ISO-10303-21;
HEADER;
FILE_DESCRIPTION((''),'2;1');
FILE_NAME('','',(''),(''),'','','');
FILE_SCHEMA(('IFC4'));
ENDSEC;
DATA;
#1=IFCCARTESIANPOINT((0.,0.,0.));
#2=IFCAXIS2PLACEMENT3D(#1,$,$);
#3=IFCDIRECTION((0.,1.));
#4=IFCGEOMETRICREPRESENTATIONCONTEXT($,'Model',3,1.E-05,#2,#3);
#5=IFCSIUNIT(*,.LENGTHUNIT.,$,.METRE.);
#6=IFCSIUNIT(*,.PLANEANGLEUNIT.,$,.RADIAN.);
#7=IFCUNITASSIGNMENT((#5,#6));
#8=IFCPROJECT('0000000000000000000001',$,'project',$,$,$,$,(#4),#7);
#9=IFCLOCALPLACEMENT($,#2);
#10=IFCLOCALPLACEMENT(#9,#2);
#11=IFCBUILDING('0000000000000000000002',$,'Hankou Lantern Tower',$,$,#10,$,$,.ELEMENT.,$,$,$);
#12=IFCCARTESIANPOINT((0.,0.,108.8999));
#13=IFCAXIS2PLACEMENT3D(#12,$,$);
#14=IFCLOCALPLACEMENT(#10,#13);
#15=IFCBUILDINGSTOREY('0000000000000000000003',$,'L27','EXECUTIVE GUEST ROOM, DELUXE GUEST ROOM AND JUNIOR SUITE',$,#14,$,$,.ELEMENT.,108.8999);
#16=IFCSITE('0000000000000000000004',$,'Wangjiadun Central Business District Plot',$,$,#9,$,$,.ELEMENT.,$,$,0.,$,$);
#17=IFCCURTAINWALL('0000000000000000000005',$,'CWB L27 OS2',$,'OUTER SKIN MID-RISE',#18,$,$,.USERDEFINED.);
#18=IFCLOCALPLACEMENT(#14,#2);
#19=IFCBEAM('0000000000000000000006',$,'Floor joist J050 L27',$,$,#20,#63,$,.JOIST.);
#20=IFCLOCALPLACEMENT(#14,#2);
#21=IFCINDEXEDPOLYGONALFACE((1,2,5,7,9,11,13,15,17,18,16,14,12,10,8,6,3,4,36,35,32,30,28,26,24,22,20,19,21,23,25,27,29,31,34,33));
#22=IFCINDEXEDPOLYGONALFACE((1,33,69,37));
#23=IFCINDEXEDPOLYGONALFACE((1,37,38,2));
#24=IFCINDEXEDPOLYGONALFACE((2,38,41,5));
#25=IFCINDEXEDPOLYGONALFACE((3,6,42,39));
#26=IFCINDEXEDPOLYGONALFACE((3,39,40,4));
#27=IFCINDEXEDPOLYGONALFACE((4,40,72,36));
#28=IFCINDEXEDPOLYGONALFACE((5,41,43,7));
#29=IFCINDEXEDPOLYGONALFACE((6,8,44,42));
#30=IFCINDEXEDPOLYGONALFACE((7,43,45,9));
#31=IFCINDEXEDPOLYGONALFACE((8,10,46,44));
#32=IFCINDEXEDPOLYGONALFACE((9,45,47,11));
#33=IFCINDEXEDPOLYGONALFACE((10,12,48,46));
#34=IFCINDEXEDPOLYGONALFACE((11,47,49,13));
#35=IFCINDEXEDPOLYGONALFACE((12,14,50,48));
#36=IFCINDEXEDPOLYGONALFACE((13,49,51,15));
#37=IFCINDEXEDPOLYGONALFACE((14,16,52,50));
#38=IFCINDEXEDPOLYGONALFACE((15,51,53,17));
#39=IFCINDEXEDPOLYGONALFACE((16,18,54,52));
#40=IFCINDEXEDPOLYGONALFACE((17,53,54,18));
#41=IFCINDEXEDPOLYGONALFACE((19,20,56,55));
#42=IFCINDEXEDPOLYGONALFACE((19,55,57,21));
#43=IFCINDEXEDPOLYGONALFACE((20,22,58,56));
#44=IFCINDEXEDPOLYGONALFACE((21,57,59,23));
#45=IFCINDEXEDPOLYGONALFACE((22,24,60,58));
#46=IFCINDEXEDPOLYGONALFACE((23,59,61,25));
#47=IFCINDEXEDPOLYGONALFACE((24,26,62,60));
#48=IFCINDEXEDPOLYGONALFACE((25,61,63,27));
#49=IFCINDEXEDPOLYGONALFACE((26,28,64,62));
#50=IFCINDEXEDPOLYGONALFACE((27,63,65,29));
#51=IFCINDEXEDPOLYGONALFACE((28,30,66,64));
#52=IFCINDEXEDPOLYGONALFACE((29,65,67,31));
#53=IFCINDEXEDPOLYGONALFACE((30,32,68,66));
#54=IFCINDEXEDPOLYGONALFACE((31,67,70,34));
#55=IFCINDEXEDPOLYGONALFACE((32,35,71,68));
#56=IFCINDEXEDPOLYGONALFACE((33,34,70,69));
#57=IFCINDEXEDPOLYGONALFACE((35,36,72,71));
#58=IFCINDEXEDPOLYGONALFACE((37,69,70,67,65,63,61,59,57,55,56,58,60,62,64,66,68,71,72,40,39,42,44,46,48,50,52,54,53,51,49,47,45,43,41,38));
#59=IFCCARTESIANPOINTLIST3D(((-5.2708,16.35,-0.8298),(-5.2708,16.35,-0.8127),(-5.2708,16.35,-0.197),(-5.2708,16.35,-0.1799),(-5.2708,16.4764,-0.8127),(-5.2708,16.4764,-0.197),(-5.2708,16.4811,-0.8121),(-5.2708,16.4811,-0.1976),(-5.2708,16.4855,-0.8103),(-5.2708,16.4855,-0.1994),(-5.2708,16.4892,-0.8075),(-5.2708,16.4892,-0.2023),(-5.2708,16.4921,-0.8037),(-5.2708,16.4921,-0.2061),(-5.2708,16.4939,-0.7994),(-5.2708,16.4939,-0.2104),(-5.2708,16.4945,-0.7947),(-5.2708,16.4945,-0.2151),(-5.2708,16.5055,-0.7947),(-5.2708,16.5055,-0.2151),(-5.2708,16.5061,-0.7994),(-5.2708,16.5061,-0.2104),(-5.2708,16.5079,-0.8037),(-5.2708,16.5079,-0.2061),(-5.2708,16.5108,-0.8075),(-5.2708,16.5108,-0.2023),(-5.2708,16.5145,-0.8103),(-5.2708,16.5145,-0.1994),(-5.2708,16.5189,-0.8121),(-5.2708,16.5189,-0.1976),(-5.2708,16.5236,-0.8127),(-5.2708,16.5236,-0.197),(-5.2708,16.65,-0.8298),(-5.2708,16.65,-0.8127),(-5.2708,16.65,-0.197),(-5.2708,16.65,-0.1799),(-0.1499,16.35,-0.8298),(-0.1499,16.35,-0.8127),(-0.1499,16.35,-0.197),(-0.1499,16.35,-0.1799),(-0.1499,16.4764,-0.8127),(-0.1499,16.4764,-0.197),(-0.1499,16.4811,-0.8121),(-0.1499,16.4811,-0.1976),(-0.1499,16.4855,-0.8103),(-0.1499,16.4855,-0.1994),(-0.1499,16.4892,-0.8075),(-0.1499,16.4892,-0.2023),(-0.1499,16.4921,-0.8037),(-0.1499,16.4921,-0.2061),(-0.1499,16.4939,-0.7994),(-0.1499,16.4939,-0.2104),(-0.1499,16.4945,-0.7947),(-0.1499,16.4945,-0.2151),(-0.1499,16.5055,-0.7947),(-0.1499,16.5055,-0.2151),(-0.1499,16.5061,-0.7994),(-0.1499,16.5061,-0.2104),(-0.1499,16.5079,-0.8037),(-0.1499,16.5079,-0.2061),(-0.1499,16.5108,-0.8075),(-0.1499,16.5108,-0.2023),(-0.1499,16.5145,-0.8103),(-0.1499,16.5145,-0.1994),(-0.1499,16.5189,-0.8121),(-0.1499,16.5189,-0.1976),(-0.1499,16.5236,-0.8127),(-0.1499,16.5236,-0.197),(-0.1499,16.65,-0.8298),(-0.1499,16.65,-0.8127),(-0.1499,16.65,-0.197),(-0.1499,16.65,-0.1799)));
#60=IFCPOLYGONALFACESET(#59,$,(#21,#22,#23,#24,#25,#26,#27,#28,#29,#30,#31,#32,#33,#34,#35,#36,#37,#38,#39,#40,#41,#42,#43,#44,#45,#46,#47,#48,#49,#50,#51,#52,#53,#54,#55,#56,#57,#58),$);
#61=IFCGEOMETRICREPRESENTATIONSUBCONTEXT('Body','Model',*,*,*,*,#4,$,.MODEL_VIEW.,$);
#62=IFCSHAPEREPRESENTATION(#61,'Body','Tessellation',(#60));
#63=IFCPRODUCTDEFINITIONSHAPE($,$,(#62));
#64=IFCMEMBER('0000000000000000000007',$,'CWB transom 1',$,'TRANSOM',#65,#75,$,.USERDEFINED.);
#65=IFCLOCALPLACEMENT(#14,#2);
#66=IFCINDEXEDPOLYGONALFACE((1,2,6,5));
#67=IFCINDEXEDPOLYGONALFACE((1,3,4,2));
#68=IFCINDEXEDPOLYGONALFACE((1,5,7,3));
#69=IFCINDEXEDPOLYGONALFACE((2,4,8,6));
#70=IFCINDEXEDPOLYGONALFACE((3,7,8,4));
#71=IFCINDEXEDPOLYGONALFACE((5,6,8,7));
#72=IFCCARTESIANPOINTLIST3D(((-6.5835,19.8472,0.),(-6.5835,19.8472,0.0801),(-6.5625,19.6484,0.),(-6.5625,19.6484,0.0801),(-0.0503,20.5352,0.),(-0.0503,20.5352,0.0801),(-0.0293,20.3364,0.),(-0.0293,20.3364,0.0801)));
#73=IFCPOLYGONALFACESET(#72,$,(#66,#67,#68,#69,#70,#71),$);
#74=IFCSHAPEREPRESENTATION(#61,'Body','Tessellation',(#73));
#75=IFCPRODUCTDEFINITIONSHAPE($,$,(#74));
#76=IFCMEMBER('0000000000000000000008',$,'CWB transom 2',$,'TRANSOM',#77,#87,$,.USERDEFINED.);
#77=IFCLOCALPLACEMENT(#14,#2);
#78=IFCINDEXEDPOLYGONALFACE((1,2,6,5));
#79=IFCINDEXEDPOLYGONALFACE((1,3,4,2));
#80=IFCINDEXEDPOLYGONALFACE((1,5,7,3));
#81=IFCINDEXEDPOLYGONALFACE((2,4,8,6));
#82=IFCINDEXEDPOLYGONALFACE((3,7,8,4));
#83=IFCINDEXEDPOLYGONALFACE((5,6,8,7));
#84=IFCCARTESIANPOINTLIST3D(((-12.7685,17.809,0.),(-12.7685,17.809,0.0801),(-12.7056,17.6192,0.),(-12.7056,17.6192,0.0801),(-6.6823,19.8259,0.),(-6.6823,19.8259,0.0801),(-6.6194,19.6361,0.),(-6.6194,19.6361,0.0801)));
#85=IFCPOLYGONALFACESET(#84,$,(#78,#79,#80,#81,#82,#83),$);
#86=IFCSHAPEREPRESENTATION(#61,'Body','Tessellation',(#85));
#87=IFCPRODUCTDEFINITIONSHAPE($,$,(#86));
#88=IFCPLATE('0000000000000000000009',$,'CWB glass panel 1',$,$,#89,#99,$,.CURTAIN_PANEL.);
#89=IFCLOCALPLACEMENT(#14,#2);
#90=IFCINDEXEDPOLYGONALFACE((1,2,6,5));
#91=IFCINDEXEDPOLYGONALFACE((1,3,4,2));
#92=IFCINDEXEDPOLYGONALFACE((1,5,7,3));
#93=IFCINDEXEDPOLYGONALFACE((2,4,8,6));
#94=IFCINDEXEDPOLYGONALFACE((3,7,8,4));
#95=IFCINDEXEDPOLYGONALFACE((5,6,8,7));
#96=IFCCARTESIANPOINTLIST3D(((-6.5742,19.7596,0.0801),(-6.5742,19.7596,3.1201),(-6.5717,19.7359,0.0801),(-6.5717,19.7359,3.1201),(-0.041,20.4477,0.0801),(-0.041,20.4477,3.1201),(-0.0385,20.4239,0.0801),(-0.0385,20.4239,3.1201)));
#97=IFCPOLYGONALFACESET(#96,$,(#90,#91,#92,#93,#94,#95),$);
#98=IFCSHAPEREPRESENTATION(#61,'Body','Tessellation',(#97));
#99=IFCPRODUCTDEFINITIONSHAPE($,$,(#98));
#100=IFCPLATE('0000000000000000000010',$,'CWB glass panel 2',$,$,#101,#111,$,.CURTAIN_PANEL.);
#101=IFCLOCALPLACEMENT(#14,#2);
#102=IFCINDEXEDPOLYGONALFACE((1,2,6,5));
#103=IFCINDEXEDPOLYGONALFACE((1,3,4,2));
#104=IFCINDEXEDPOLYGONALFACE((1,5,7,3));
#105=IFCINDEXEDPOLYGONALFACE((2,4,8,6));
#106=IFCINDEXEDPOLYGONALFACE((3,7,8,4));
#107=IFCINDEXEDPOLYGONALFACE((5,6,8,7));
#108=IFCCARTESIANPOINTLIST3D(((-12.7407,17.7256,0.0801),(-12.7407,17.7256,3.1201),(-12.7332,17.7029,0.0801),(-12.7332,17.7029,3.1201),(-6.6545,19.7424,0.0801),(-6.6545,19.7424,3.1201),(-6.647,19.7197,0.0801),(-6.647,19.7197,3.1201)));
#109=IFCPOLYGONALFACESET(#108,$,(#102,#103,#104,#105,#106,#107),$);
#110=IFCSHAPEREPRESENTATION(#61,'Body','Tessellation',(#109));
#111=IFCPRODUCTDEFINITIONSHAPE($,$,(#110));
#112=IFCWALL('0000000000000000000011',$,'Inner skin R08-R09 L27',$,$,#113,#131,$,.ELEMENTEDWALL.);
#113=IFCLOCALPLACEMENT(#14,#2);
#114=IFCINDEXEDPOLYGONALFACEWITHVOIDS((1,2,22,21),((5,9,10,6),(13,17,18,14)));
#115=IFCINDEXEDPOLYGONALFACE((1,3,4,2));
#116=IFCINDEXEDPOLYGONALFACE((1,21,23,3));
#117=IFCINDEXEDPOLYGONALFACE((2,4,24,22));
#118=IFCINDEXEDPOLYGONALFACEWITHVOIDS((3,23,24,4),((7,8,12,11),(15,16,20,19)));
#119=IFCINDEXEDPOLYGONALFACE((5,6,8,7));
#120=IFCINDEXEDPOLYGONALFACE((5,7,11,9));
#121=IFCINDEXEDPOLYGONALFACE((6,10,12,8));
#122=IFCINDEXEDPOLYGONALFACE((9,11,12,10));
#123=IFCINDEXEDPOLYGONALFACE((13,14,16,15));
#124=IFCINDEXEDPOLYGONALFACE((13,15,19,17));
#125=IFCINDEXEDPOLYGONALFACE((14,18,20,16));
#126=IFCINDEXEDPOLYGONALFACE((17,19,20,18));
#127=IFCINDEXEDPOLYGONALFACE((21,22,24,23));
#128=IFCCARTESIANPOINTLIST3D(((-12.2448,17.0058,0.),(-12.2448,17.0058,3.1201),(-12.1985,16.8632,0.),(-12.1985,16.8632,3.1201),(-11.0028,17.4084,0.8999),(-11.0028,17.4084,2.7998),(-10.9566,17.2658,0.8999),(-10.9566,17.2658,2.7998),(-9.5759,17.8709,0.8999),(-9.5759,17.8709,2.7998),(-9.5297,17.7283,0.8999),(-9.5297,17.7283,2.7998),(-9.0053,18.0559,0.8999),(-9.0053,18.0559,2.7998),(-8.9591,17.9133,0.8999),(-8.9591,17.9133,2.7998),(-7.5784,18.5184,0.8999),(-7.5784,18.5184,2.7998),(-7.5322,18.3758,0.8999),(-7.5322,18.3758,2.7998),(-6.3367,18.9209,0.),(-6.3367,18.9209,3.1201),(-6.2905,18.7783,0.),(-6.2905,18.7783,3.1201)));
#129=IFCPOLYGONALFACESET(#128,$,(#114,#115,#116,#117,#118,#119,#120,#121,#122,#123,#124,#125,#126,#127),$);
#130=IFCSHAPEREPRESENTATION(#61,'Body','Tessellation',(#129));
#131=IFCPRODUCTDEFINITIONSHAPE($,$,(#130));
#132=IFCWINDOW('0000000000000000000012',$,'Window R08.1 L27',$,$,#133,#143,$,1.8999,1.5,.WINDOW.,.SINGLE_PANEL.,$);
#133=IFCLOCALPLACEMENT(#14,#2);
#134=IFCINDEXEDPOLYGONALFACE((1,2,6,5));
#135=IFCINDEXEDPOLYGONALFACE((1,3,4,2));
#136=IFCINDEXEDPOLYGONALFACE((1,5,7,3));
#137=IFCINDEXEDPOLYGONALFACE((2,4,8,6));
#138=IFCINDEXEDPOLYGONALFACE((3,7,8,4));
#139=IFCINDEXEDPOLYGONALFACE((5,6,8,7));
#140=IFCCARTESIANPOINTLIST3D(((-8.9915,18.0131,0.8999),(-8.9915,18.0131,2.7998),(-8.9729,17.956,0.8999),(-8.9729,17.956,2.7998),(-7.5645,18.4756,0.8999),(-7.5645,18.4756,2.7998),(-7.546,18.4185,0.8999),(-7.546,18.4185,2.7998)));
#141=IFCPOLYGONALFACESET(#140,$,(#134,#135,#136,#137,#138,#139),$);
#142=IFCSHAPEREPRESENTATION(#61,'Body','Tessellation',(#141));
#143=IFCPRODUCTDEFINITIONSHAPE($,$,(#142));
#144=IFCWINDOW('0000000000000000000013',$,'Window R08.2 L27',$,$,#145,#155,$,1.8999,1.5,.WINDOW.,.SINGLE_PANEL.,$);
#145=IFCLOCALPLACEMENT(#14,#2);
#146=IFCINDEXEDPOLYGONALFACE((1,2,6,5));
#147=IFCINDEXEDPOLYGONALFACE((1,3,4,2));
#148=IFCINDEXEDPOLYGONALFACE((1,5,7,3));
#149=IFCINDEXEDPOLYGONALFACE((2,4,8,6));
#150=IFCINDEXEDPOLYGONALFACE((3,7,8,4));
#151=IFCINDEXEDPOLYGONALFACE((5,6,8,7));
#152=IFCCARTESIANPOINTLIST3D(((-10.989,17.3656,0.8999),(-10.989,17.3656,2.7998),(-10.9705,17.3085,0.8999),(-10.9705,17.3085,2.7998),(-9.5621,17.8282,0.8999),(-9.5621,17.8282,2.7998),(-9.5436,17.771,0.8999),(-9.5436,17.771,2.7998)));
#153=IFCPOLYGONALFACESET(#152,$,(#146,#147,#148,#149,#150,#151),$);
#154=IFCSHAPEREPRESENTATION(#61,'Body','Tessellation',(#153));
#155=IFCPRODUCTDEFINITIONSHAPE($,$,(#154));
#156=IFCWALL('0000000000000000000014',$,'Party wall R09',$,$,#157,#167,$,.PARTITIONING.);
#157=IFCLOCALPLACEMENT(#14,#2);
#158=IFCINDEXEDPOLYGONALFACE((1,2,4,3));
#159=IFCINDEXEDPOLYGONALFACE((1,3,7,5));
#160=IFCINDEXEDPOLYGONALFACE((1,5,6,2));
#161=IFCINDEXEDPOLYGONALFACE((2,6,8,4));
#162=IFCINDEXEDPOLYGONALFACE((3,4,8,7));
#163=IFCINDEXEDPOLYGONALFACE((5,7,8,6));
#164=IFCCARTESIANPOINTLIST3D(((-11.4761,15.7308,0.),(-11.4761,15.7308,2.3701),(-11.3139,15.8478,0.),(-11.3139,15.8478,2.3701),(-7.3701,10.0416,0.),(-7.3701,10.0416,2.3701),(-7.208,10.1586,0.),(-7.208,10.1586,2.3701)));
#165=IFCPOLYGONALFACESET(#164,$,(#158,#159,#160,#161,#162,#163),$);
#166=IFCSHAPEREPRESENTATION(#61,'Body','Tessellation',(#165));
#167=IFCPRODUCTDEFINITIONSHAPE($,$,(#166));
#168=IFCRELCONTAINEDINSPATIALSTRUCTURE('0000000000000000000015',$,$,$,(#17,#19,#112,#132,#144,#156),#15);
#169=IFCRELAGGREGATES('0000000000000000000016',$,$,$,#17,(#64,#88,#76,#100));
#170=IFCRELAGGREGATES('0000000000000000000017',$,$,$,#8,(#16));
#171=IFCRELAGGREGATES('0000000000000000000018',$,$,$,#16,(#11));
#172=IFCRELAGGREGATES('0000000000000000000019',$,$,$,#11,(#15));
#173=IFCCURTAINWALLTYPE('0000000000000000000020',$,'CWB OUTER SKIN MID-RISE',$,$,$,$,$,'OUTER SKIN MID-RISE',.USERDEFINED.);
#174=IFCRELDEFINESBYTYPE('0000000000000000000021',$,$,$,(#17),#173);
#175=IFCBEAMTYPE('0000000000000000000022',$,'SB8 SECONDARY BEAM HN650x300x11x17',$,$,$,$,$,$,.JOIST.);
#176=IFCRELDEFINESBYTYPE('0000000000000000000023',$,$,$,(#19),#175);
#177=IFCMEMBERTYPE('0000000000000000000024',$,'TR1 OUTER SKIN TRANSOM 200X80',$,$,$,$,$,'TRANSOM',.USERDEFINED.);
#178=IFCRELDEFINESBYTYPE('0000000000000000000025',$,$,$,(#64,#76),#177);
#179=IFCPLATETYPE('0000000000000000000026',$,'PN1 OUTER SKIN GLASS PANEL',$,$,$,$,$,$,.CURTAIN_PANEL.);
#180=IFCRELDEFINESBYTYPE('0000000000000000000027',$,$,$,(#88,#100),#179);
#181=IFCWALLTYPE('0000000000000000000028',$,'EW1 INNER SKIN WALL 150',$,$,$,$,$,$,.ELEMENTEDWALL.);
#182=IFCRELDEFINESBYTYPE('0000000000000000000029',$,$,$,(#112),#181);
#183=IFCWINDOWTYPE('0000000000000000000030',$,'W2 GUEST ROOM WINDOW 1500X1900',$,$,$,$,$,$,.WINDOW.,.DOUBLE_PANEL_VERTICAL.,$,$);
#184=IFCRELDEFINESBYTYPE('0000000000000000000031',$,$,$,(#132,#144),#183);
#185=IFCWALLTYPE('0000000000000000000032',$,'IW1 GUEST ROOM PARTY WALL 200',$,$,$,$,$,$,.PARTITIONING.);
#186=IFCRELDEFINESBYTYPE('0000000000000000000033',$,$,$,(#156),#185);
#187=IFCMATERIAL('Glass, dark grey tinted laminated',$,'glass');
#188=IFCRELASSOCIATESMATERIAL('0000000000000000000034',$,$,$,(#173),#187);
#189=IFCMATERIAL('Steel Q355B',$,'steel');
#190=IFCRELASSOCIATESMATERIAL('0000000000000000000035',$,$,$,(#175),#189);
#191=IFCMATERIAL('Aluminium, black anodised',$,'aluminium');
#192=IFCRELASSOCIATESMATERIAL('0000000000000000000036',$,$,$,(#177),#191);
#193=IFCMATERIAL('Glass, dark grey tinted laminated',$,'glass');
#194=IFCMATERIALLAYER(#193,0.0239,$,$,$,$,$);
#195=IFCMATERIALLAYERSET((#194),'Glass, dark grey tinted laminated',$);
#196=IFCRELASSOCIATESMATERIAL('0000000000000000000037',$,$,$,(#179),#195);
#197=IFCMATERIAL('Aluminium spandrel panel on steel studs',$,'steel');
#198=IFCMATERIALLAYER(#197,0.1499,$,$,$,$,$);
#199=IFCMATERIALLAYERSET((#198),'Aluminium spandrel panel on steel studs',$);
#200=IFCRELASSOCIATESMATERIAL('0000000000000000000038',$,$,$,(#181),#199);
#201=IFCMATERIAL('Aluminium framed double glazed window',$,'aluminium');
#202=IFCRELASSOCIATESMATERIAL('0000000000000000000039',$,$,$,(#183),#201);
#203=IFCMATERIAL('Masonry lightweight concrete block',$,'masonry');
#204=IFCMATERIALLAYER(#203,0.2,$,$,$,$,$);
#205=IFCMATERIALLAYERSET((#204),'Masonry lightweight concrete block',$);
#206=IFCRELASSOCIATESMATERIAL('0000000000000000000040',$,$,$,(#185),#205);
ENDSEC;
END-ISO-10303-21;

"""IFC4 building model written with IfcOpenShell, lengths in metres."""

from ifc_helpers import new_model, si_unit, direction, frame, frame_2d, origin, origin_2d, place, context, subcontext, project, spatial, rectangle, i_section, extrude, material, layer, layer_set, material_profile, profile_set, type_object, element, fill, aggregate, save


model = new_model("IFC4")

# Units and contexts
model_context = context("Model", 3, precision=1e-05, world=origin(), true_north=direction((0.0, 1.0)))
body_context = subcontext(model_context, "Body", "Model", "MODEL_VIEW")
ifc_project = project(units=[si_unit("LENGTHUNIT", "METRE"), si_unit("PLANEANGLEUNIT", "RADIAN")], contexts=[model_context])

# Site, building, storey
site_placement = place(None, origin())
site = spatial("IfcSite", under=ifc_project, at=site_placement, Name="Wangjiadun Central Business District Plot", CompositionType="ELEMENT", RefElevation=0.0)
building_placement = place(site_placement, origin())
building = spatial("IfcBuilding", under=site, at=building_placement, Name="Hankou Lantern Tower", CompositionType="ELEMENT")
storey_placement = place(building_placement, frame((0.0, 0.0, 108.8999)))
storey = spatial("IfcBuildingStorey", under=building, at=storey_placement, Name="L27", Description="EXECUTIVE GUEST ROOM, DELUXE GUEST ROOM AND JUNIOR SUITE", CompositionType="ELEMENT", Elevation=108.8999)

# Curtain wall
ifc_material_1 = material(Name="Glass, dark grey tinted laminated", Category="glass")
curtain_wall_type = type_object("IfcCurtainWallType", Name="CWB OUTER SKIN MID-RISE", ElementType="OUTER SKIN MID-RISE", PredefinedType="USERDEFINED", material=ifc_material_1)
curtain_wall_placement = place(storey_placement, origin())
curtain_wall = element("IfcCurtainWall", 1, at=curtain_wall_placement, inside=storey, type_object=curtain_wall_type, Name="CWB L27 OS2", ObjectType="OUTER SKIN MID-RISE", PredefinedType="USERDEFINED")

# Beam
ifc_material_2 = material(Name="Steel Q355B", Category="steel")
ifc_material_profile_1 = material_profile(ifc_material_2, i_section(OverallWidth=0.3, OverallDepth=0.6499, WebThickness=0.011, FlangeThickness=0.0171, FilletRadius=0.0181, at=origin_2d()), Name="HN650x300x11x17")
ifc_profile_set_1 = profile_set([ifc_material_profile_1], Name="Steel Q355B")
beam_type_1 = type_object("IfcBeamType", Name="SB8 SECONDARY BEAM HN650x300x11x17", PredefinedType="JOIST", material=ifc_profile_set_1)
beam_1_placement = place(storey_placement, frame((-5.2708, 16.5, -0.5049), z_axis=(1.0, 0.0, 0.0), x_axis=(0.0, 1.0, 0.0)))
element("IfcBeam", 2, at=beam_1_placement, inside=storey, type_object=beam_type_1, Name="Floor joist J050 L27", PredefinedType="JOIST", context=body_context, shape_type="SweptSolid", body=[
    extrude(i_section(OverallWidth=0.3, OverallDepth=0.6499, WebThickness=0.011, FlangeThickness=0.0171, FilletRadius=0.0181, at=origin_2d()), origin(), (0.0, 0.0, 1.0), 5.1208),
])

# Members
ifc_material_3 = material(Name="Aluminium, black anodised", Category="aluminium")
ifc_material_profile_2 = material_profile(ifc_material_3, rectangle(XDim=0.2, YDim=0.0801, at=origin_2d()), Name="TR1 200X80")
ifc_profile_set_2 = profile_set([ifc_material_profile_2], Name="Aluminium, black anodised")
member_type_1 = type_object("IfcMemberType", Name="TR1 OUTER SKIN TRANSOM 200X80", ElementType="TRANSOM", PredefinedType="USERDEFINED", material=ifc_profile_set_2)
member_1_placement = place(storey_placement, frame((-0.0398, 20.4358, 0.04), z_axis=(-0.994501, -0.104727, 0.0), x_axis=(0.104727, -0.994501, 0.0)))
member_1 = element("IfcMember", 3, at=member_1_placement, type_object=member_type_1, Name="CWB transom 1", ObjectType="TRANSOM", PredefinedType="USERDEFINED", context=body_context, shape_type="SweptSolid", body=[
    extrude(rectangle(XDim=0.2, YDim=0.0801, at=origin_2d()), origin(), (0.0, 0.0, 1.0), 6.5693),
])
member_2_placement = place(storey_placement, frame((-6.6509, 19.731, 0.04), z_axis=(-0.949238, -0.314559, 0.0), x_axis=(0.314559, -0.949238, 0.0)))
member_2 = element("IfcMember", 4, at=member_2_placement, type_object=member_type_1, Name="CWB transom 2", ObjectType="TRANSOM", PredefinedType="USERDEFINED", context=body_context, shape_type="SweptSolid", body=[
    extrude(rectangle(XDim=0.2, YDim=0.0801, at=origin_2d()), origin(), (0.0, 0.0, 1.0), 6.4116),
])

# Plates
ifc_material_4 = material(Name="Glass, dark grey tinted laminated", Category="glass")
ifc_layer_1 = layer(ifc_material_4, 0.0239)
ifc_layer_set_1 = layer_set([ifc_layer_1], Name="Glass, dark grey tinted laminated")
plate_type = type_object("IfcPlateType", Name="PN1 OUTER SKIN GLASS PANEL", PredefinedType="CURTAIN_PANEL", material=ifc_layer_set_1)
plate_1_placement = place(storey_placement, frame((-3.3064, 20.0918, 0.0801), z_axis=(0.0, 0.0, 1.0), x_axis=(-0.994499, -0.104743, 0.0)))
plate_1 = element("IfcPlate", 5, at=plate_1_placement, type_object=plate_type, Name="CWB glass panel 1", PredefinedType="CURTAIN_PANEL", context=body_context, shape_type="SweptSolid", body=[
    extrude(rectangle(XDim=6.5693, YDim=0.0239, at=origin_2d()), origin(), (0.0, 0.0, 1.0), 3.04),
])
plate_2_placement = place(storey_placement, frame((-9.6938, 18.7227, 0.0801), z_axis=(0.0, 0.0, 1.0), x_axis=(-0.949241, -0.314551, 0.0)))
plate_2 = element("IfcPlate", 6, at=plate_2_placement, type_object=plate_type, Name="CWB glass panel 2", PredefinedType="CURTAIN_PANEL", context=body_context, shape_type="SweptSolid", body=[
    extrude(rectangle(XDim=6.4116, YDim=0.0239, at=origin_2d()), origin(), (0.0, 0.0, 1.0), 3.04),
])
aggregate(curtain_wall, [member_1, plate_1, member_2, plate_2])

# Wall, openings, windows
ifc_material_5 = material(Name="Aluminium spandrel panel on steel studs", Category="steel")
ifc_layer_2 = layer(ifc_material_5, 0.1499)
ifc_layer_set_2 = layer_set([ifc_layer_2], Name="Aluminium spandrel panel on steel studs")
wall_type_1 = type_object("IfcWallType", Name="EW1 INNER SKIN WALL 150", PredefinedType="ELEMENTEDWALL", material=ifc_layer_set_2)
wall_1_placement = place(storey_placement, frame((-6.3135, 18.8496, 0.0), z_axis=(0.0, 0.0, 1.0), x_axis=(-0.951273, -0.308351, 0.0)))
wall_1 = element("IfcWall", 7, at=wall_1_placement, inside=storey, type_object=wall_type_1, Name="Inner skin R08-R09 L27", PredefinedType="ELEMENTEDWALL", context=body_context, shape_type="SweptSolid", body=[
    extrude(rectangle(XDim=6.2107, YDim=0.1499, at=frame_2d((3.1055, 0.0))), origin(), (0.0, 0.0, 1.0), 3.1201),
])
opening_1_placement = place(wall_1_placement, frame((1.3054, 0.0, 0.8999)))
opening_1 = element("IfcOpeningElement", 8, at=opening_1_placement, cuts=wall_1, PredefinedType="OPENING", context=body_context, shape_type="SweptSolid", body=[
    extrude(rectangle(XDim=1.5, YDim=1.8999, at=frame_2d((0.75, 0.95))), frame((0.0, 0.085, 0.0), z_axis=(0.0, -1.0, 0.0), x_axis=(1.0, 0.0, 0.0)), (0.0, 0.0, 1.0), 0.1699),
])
opening_2_placement = place(wall_1_placement, frame((3.4053, 0.0, 0.8999)))
opening_2 = element("IfcOpeningElement", 9, at=opening_2_placement, cuts=wall_1, PredefinedType="OPENING", context=body_context, shape_type="SweptSolid", body=[
    extrude(rectangle(XDim=1.5, YDim=1.8999, at=frame_2d((0.75, 0.95))), frame((0.0, 0.085, 0.0), z_axis=(0.0, -1.0, 0.0), x_axis=(1.0, 0.0, 0.0)), (0.0, 0.0, 1.0), 0.1699),
])
ifc_material_6 = material(Name="Aluminium framed double glazed window", Category="aluminium")
window_type = type_object("IfcWindowType", Name="W2 GUEST ROOM WINDOW 1500X1900", PartitioningType="DOUBLE_PANEL_VERTICAL", PredefinedType="WINDOW", material=ifc_material_6)
window_1_placement = place(opening_1_placement, origin())
window_1 = element("IfcWindow", 10, at=window_1_placement, inside=storey, type_object=window_type, Name="Window R08.1 L27", OverallHeight=1.8999, OverallWidth=1.5, PartitioningType="SINGLE_PANEL", PredefinedType="WINDOW", context=body_context, shape_type="SweptSolid", body=[
    extrude(rectangle(XDim=1.5, YDim=1.8999, at=frame_2d((0.75, 0.95))), frame((0.0, 0.03, 0.0), z_axis=(0.0, -1.0, 0.0), x_axis=(1.0, 0.0, 0.0)), (0.0, 0.0, 1.0), 0.0601),
])
fill(opening_1, window_1)
window_2_placement = place(opening_2_placement, origin())
window_2 = element("IfcWindow", 11, at=window_2_placement, inside=storey, type_object=window_type, Name="Window R08.2 L27", OverallHeight=1.8999, OverallWidth=1.5, PartitioningType="SINGLE_PANEL", PredefinedType="WINDOW", context=body_context, shape_type="SweptSolid", body=[
    extrude(rectangle(XDim=1.5, YDim=1.8999, at=frame_2d((0.75, 0.95))), frame((0.0, 0.03, 0.0), z_axis=(0.0, -1.0, 0.0), x_axis=(1.0, 0.0, 0.0)), (0.0, 0.0, 1.0), 0.0601),
])
fill(opening_2, window_2)

# Wall
ifc_material_7 = material(Name="Masonry lightweight concrete block", Category="masonry")
ifc_layer_3 = layer(ifc_material_7, 0.2)
ifc_layer_set_3 = layer_set([ifc_layer_3], Name="Masonry lightweight concrete block")
wall_type_2 = type_object("IfcWallType", Name="IW1 GUEST ROOM PARTY WALL 200", PredefinedType="PARTITIONING", material=ifc_layer_set_3)
wall_2_placement = place(storey_placement, frame((-7.2891, 10.1001, 0.0), z_axis=(0.0, 0.0, 1.0), x_axis=(-0.585217, 0.810876, 0.0)))
element("IfcWall", 12, at=wall_2_placement, inside=storey, type_object=wall_type_2, Name="Party wall R09", PredefinedType="PARTITIONING", context=body_context, shape_type="SweptSolid", body=[
    extrude(rectangle(XDim=7.0161, YDim=0.2, at=frame_2d((3.5081, 0.0))), origin(), (0.0, 0.0, 1.0), 2.3701),
])

save(model, "model.ifc")
